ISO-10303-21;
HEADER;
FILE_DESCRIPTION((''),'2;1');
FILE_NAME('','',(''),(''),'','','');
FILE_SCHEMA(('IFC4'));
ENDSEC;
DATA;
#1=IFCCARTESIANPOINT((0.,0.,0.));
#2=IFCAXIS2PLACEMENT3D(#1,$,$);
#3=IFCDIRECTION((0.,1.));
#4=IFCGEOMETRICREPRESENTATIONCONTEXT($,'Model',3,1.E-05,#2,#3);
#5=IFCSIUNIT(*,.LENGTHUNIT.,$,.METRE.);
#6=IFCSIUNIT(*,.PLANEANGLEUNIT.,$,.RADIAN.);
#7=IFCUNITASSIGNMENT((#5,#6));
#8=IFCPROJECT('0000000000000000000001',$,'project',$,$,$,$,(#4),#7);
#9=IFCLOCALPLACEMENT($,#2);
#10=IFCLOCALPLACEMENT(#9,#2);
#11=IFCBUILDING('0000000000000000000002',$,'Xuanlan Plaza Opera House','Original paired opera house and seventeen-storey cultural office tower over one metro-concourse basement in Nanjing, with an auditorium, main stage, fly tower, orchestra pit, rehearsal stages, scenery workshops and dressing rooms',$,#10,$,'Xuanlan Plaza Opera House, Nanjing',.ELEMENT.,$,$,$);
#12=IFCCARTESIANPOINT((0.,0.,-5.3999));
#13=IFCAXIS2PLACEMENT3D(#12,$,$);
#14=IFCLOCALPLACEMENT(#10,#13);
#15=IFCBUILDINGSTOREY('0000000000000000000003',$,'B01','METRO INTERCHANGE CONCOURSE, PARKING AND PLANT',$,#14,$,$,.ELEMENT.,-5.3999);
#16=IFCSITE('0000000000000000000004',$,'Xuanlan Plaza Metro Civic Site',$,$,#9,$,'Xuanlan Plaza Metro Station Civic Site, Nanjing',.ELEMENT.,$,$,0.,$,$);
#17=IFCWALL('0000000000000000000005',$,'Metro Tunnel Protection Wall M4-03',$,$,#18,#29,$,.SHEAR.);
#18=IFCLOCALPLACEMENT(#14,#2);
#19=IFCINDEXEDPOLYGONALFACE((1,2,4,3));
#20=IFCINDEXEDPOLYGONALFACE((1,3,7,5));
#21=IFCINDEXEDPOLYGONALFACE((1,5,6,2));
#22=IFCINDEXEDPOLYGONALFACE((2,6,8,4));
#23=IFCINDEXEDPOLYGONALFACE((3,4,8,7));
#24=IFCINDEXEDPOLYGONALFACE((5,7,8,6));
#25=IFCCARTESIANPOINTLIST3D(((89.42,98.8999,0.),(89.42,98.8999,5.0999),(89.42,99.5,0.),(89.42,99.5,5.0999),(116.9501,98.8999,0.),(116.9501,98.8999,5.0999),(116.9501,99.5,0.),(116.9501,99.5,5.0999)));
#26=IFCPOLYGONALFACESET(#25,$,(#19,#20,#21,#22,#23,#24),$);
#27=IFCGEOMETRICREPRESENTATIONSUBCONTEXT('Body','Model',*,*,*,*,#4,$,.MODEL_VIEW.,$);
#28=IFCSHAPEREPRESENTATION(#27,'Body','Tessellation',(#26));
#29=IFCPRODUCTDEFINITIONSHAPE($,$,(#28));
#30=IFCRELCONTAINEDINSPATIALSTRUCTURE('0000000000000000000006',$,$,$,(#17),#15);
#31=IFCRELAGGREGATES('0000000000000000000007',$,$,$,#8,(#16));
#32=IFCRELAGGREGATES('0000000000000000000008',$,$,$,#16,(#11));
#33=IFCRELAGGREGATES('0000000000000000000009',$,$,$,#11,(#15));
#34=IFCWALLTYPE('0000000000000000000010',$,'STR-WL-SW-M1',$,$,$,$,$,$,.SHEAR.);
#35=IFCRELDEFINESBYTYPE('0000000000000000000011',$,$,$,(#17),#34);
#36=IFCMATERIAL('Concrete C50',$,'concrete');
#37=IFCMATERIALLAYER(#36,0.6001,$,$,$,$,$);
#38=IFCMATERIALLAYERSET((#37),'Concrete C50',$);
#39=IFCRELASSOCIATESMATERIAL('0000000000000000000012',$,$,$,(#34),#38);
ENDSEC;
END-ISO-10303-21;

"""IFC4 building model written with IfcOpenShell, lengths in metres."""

from ifc_helpers import new_model, si_unit, direction, frame, frame_2d, origin, place, context, subcontext, project, spatial, rectangle, extrude, material, layer, layer_set, type_object, element, save


model = new_model("IFC4")

# Units and contexts
model_context = context("Model", 3, precision=1e-05, world=origin(), true_north=direction((0.0, 1.0)))
body_context = subcontext(model_context, "Body", "Model", "MODEL_VIEW")
ifc_project = project(units=[si_unit("LENGTHUNIT", "METRE"), si_unit("PLANEANGLEUNIT", "RADIAN")], contexts=[model_context])

# Site, building, storey
site_placement = place(None, origin())
site = spatial("IfcSite", under=ifc_project, at=site_placement, Name="Xuanlan Plaza Metro Civic Site", LongName="Xuanlan Plaza Metro Station Civic Site, Nanjing", CompositionType="ELEMENT", RefElevation=0.0)
building_placement = place(site_placement, origin())
building = spatial("IfcBuilding", under=site, at=building_placement, Name="Xuanlan Plaza Opera House", Description="Original paired opera house and seventeen-storey cultural office tower over one metro-concourse basement in Nanjing, with an auditorium, main stage, fly tower, orchestra pit, rehearsal stages, scenery workshops and dressing rooms", LongName="Xuanlan Plaza Opera House, Nanjing", CompositionType="ELEMENT")
storey_placement = place(building_placement, frame((0.0, 0.0, -5.3999)))
storey = spatial("IfcBuildingStorey", under=building, at=storey_placement, Name="B01", Description="METRO INTERCHANGE CONCOURSE, PARKING AND PLANT", CompositionType="ELEMENT", Elevation=-5.3999)

# Shared definitions
ifc_material_1 = material(Name="Concrete C50", Category="concrete")

# Wall
ifc_layer_1 = layer(ifc_material_1, 0.6001)
ifc_layer_set_1 = layer_set([ifc_layer_1], Name="Concrete C50")
wall_type_1 = type_object("IfcWallType", Name="STR-WL-SW-M1", PredefinedType="SHEAR", material=ifc_layer_set_1)
wall_1_placement = place(storey_placement, frame((89.4199, 99.2, 0.0), z_axis=(0.0, 0.0, 1.0), x_axis=(1.0, 0.0, 0.0)))
element("IfcWall", 1, at=wall_1_placement, inside=storey, type_object=wall_type_1, Name="Metro Tunnel Protection Wall M4-03", PredefinedType="SHEAR", context=body_context, shape_type="SweptSolid", body=[
    extrude(rectangle(XDim=27.53, YDim=0.6001, at=frame_2d((13.7651, 0.0))), origin(), (0.0, 0.0, 1.0), 5.0999),
])

save(model, "model.ifc")
